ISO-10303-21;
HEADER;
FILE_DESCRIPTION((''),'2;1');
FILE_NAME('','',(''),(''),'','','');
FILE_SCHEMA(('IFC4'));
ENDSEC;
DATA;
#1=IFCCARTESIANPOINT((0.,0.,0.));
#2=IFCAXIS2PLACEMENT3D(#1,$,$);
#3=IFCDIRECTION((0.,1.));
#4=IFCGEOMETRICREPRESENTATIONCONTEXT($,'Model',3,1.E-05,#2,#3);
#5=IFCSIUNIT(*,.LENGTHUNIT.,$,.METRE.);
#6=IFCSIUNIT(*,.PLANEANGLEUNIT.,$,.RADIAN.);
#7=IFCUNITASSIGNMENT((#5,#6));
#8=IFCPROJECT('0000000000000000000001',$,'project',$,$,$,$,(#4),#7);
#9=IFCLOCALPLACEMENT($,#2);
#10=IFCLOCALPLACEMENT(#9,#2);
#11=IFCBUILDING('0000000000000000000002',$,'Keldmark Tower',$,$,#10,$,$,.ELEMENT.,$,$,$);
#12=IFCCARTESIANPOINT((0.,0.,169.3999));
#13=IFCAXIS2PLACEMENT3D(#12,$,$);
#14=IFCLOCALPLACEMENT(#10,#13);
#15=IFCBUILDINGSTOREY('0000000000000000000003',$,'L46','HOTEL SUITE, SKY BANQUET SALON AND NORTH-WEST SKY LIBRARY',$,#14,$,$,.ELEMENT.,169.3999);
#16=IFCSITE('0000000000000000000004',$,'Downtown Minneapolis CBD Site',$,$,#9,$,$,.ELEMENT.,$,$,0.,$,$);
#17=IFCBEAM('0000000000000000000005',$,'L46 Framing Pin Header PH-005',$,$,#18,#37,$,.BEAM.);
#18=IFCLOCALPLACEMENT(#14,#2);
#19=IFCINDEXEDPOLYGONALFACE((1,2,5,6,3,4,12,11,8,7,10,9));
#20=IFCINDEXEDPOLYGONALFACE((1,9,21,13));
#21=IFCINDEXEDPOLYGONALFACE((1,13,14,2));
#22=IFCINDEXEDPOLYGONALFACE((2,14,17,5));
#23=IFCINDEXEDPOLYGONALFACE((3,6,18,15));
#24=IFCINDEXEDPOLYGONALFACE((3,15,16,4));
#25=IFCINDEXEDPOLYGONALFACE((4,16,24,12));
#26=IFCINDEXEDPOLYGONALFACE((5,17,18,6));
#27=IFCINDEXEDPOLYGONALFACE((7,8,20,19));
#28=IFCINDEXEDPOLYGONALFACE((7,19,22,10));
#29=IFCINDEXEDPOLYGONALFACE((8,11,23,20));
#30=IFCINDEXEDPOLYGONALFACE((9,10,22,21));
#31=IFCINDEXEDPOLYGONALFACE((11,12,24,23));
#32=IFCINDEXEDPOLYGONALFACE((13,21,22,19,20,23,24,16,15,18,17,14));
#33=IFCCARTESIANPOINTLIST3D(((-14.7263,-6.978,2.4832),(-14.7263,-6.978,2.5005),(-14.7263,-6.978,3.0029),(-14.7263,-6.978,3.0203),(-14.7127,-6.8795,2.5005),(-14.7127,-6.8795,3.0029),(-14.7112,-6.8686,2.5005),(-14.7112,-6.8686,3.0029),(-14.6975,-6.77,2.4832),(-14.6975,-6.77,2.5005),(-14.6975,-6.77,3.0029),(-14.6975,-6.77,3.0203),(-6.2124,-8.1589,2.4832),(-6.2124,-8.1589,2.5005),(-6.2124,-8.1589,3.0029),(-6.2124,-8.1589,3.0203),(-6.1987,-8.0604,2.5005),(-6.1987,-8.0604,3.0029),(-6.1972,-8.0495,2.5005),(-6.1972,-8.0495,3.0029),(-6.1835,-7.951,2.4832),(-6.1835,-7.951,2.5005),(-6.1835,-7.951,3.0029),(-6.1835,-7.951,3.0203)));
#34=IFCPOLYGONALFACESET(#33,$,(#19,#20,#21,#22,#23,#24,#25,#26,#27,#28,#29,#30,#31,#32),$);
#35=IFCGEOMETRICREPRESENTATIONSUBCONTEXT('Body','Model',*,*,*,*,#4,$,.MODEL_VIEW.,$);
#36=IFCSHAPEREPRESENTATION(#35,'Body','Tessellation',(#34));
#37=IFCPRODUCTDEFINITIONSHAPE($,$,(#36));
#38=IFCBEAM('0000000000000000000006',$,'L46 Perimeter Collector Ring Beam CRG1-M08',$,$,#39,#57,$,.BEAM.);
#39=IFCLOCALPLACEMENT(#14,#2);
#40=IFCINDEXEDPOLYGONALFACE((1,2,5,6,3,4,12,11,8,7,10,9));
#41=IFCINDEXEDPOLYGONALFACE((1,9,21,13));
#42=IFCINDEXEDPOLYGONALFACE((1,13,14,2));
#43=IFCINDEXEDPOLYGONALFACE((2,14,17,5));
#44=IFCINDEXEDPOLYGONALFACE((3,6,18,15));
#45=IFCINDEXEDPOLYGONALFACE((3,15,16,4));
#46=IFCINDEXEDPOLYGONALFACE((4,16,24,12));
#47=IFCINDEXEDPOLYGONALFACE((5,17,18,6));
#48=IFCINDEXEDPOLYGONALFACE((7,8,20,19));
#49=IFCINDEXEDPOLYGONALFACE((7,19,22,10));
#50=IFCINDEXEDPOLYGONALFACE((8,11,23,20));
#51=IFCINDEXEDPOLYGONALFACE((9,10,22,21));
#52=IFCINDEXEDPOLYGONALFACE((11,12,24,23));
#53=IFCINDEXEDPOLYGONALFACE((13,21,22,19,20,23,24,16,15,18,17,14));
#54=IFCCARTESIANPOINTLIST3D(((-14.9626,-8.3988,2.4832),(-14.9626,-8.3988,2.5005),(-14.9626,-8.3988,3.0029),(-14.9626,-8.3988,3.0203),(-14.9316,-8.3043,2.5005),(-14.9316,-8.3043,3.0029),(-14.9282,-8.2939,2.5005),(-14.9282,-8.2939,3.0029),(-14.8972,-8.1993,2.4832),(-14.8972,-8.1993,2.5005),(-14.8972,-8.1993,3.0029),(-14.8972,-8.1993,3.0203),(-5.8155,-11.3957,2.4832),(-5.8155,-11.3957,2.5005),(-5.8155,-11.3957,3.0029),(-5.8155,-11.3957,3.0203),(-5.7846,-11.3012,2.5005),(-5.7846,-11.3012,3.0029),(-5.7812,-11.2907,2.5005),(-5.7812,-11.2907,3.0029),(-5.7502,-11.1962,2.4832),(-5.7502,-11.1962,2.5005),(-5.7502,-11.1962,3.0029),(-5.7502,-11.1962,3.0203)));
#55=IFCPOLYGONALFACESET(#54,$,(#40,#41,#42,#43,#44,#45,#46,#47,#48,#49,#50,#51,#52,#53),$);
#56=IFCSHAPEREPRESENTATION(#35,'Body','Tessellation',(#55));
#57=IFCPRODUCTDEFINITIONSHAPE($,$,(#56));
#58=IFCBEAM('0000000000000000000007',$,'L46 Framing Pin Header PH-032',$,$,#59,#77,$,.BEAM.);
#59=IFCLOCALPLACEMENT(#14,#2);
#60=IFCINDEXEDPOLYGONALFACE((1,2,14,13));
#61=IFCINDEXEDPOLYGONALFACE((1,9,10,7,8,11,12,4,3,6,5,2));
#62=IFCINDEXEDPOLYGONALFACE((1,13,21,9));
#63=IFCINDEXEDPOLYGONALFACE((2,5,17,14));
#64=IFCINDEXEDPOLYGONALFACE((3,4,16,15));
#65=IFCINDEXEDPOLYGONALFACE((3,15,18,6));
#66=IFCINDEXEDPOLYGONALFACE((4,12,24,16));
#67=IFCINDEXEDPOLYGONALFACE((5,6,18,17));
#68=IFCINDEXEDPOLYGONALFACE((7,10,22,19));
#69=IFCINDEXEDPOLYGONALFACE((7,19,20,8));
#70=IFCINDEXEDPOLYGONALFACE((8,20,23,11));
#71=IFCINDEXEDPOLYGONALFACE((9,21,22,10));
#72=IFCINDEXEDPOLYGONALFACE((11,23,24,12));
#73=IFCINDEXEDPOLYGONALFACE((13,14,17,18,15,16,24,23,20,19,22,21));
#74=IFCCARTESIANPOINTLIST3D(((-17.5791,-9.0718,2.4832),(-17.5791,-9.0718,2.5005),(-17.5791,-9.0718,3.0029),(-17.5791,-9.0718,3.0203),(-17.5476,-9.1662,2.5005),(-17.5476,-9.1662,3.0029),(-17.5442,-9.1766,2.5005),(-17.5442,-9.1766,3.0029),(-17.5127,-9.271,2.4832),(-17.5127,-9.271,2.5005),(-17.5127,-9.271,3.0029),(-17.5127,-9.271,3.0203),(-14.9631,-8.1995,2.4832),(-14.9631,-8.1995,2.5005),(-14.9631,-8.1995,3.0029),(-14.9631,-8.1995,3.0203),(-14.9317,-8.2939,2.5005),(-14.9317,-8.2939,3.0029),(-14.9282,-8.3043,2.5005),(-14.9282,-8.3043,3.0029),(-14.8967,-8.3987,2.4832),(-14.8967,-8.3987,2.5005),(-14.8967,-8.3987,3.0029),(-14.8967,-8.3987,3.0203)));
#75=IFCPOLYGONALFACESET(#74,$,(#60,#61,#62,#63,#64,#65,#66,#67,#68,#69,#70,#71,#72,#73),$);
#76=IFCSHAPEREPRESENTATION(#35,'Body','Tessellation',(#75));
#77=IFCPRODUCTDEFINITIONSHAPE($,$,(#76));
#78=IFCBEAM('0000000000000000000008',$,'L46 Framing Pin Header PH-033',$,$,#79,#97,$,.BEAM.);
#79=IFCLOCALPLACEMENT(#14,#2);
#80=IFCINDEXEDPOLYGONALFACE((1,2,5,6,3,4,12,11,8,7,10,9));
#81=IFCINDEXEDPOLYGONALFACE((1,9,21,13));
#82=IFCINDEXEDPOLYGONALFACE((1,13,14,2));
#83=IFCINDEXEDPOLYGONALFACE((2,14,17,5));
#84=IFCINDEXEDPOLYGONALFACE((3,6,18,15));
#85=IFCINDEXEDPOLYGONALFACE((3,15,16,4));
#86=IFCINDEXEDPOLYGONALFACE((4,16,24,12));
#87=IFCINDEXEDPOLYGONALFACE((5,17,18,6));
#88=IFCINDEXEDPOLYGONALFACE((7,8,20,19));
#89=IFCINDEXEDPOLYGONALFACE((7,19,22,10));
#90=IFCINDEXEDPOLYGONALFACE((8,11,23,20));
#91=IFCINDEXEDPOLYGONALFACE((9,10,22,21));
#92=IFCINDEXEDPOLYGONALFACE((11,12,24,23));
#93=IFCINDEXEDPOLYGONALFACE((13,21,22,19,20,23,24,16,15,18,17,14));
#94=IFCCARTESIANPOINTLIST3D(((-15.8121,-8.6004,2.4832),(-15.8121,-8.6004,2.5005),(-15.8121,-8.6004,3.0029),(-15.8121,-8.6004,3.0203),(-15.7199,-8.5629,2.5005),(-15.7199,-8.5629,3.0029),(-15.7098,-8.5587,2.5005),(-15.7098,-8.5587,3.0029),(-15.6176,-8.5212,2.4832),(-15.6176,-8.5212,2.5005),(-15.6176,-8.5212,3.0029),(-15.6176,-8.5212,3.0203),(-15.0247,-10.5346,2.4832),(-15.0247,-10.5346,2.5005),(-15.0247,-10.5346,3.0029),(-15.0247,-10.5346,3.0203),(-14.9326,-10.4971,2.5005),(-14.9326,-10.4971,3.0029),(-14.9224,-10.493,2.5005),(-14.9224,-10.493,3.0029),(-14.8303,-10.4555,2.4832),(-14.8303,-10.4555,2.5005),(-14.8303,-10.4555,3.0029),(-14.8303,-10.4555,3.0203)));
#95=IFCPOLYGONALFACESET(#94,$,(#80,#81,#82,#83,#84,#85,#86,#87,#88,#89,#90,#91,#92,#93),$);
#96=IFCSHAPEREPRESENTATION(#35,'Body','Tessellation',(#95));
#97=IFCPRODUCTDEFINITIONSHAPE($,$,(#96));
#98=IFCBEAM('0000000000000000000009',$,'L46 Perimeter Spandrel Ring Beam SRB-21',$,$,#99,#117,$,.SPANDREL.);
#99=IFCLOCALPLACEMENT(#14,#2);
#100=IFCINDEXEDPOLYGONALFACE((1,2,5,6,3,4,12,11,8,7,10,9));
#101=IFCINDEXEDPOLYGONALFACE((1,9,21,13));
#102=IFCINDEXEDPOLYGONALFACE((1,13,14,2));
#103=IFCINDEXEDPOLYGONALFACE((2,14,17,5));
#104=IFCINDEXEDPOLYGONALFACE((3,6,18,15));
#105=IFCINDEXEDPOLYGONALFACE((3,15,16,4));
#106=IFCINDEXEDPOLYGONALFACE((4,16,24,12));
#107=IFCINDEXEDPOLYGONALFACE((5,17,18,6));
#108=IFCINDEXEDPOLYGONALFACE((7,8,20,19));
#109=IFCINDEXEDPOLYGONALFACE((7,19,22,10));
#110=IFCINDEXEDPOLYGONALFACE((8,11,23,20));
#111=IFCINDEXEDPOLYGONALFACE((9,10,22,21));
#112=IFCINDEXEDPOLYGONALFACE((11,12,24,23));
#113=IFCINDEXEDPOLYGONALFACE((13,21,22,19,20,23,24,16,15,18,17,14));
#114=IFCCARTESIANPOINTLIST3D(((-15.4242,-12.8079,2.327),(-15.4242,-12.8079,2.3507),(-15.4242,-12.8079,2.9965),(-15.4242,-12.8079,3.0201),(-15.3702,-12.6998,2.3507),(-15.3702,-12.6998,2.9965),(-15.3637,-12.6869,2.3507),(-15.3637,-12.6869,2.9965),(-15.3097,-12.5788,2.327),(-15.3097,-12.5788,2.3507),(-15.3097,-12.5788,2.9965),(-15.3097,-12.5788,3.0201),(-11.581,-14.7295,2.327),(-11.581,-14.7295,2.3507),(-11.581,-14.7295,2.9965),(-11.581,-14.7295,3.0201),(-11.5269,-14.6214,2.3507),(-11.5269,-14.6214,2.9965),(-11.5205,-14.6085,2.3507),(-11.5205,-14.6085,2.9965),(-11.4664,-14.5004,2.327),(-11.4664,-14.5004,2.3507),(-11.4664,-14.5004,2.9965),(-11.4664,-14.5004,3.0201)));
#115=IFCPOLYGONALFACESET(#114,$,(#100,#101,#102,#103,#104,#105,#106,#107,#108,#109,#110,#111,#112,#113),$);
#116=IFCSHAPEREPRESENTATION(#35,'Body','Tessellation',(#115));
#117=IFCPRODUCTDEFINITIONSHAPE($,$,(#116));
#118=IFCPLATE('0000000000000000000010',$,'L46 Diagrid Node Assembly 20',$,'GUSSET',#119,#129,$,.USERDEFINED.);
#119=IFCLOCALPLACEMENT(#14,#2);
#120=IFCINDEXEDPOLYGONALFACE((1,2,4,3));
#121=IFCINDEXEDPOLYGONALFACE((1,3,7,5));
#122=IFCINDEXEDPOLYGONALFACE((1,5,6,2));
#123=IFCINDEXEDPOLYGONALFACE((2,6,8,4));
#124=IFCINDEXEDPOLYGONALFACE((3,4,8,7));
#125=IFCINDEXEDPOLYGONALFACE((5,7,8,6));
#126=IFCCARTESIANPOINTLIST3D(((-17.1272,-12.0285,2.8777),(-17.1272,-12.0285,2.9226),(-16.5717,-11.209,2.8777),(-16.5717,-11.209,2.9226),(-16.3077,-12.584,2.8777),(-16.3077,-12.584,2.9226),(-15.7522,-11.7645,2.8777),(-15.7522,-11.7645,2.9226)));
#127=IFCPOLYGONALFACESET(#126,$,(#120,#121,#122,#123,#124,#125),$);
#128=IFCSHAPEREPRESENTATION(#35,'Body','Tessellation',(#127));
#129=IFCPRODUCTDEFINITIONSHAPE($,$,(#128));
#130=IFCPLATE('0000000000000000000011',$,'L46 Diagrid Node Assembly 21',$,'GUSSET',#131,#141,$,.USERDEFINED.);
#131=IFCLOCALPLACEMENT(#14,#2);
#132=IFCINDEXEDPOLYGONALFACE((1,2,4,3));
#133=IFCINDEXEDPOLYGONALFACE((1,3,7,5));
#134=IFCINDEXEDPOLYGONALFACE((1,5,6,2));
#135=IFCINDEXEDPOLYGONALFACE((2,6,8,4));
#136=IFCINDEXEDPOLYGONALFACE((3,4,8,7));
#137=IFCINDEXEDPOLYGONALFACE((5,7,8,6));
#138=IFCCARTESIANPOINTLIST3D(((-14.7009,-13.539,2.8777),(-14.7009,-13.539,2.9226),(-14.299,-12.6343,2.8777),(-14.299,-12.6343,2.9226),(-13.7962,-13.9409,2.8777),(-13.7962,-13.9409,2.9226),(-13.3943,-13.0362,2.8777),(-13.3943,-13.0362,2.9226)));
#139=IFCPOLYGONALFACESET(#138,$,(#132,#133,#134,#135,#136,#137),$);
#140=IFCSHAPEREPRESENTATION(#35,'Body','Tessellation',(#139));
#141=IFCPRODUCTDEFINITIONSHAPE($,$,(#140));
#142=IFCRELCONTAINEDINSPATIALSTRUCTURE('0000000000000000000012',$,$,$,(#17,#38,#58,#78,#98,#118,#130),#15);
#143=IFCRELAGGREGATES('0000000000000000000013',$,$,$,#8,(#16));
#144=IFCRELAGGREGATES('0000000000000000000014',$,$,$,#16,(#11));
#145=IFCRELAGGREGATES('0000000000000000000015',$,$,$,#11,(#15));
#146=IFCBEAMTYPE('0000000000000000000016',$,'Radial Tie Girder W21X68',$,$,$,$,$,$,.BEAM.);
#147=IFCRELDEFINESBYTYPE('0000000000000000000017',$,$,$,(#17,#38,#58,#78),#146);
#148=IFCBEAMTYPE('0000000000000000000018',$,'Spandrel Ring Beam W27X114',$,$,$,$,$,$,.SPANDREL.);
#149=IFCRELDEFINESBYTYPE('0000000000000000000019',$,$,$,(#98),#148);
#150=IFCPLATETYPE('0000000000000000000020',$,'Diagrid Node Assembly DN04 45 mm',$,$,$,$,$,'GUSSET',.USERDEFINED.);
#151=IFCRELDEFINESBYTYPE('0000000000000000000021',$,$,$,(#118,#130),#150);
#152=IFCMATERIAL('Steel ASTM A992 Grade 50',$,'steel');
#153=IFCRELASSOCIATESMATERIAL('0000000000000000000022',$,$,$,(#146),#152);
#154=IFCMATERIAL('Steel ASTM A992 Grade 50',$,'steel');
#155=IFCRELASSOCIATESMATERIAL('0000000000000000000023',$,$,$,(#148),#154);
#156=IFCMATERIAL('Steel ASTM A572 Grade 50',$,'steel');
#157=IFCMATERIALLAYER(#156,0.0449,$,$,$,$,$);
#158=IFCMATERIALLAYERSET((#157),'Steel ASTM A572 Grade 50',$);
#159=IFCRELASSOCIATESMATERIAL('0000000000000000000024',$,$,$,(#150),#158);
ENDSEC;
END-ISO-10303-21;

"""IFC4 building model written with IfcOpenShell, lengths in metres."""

from ifc_helpers import new_model, si_unit, direction, frame, origin, origin_2d, place, context, subcontext, project, spatial, rectangle, i_section, extrude, material, layer, layer_set, material_profile, profile_set, type_object, element, save


model = new_model("IFC4")

# Units and contexts
model_context = context("Model", 3, precision=1e-05, world=origin(), true_north=direction((0.0, 1.0)))
body_context = subcontext(model_context, "Body", "Model", "MODEL_VIEW")
ifc_project = project(units=[si_unit("LENGTHUNIT", "METRE"), si_unit("PLANEANGLEUNIT", "RADIAN")], contexts=[model_context])

# Site, building, storey
site_placement = place(None, origin())
site = spatial("IfcSite", under=ifc_project, at=site_placement, Name="Downtown Minneapolis CBD Site", CompositionType="ELEMENT", RefElevation=0.0)
building_placement = place(site_placement, origin())
building = spatial("IfcBuilding", under=site, at=building_placement, Name="Keldmark Tower", CompositionType="ELEMENT")
storey_placement = place(building_placement, frame((0.0, 0.0, 169.3999)))
storey = spatial("IfcBuildingStorey", under=building, at=storey_placement, Name="L46", Description="HOTEL SUITE, SKY BANQUET SALON AND NORTH-WEST SKY LIBRARY", CompositionType="ELEMENT", Elevation=169.3999)

# Beams
ifc_material_1 = material(Name="Steel ASTM A992 Grade 50", Category="steel")
ifc_material_profile_1 = material_profile(ifc_material_1, i_section(OverallWidth=0.21, OverallDepth=0.5371, WebThickness=0.011, FlangeThickness=0.0173, at=origin_2d()), Name="W21X68")
ifc_profile_set_1 = profile_set([ifc_material_profile_1], Name="Steel ASTM A992 Grade 50")
beam_type_1 = type_object("IfcBeamType", Name="Radial Tie Girder W21X68", PredefinedType="BEAM", material=ifc_profile_set_1)
beam_1_placement = place(storey_placement, frame((-14.7119, -6.874, 2.7517), z_axis=(0.990517, -0.137388, 0.0), x_axis=(0.137388, 0.990517, 0.0)))
element("IfcBeam", 1, at=beam_1_placement, inside=storey, type_object=beam_type_1, Name="L46 Framing Pin Header PH-005", PredefinedType="BEAM", context=body_context, shape_type="SweptSolid", body=[
    extrude(i_section(OverallWidth=0.21, OverallDepth=0.5371, WebThickness=0.011, FlangeThickness=0.0173, at=origin_2d()), origin(), (0.0, 0.0, 1.0), 8.5955),
])
beam_2_placement = place(storey_placement, frame((-14.9299, -8.2991, 2.7517), z_axis=(0.950297, -0.311346, 0.0), x_axis=(0.311346, 0.950297, 0.0)))
element("IfcBeam", 2, at=beam_2_placement, inside=storey, type_object=beam_type_1, Name="L46 Perimeter Collector Ring Beam CRG1-M08", PredefinedType="BEAM", context=body_context, shape_type="SweptSolid", body=[
    extrude(i_section(OverallWidth=0.21, OverallDepth=0.5371, WebThickness=0.011, FlangeThickness=0.0173, at=origin_2d()), origin(), (0.0, 0.0, 1.0), 9.6255),
])
beam_3_placement = place(storey_placement, frame((-14.9299, -8.2991, 2.7517), z_axis=(-0.948648, -0.316334, 0.0), x_axis=(0.316334, -0.948648, 0.0)))
element("IfcBeam", 3, at=beam_3_placement, inside=storey, type_object=beam_type_1, Name="L46 Framing Pin Header PH-032", PredefinedType="BEAM", context=body_context, shape_type="SweptSolid", body=[
    extrude(i_section(OverallWidth=0.21, OverallDepth=0.5371, WebThickness=0.011, FlangeThickness=0.0173, at=origin_2d()), origin(), (0.0, 0.0, 1.0), 2.7576),
])
beam_4_placement = place(storey_placement, frame((-15.7148, -8.5608, 2.7517), z_axis=(0.377007, -0.92621, 0.0), x_axis=(0.92621, 0.377007, 0.0)))
element("IfcBeam", 4, at=beam_4_placement, inside=storey, type_object=beam_type_1, Name="L46 Framing Pin Header PH-033", PredefinedType="BEAM", context=body_context, shape_type="SweptSolid", body=[
    extrude(i_section(OverallWidth=0.21, OverallDepth=0.5371, WebThickness=0.011, FlangeThickness=0.0173, at=origin_2d()), origin(), (0.0, 0.0, 1.0), 2.0884),
])
ifc_material_2 = material(Name="Steel ASTM A992 Grade 50", Category="steel")
ifc_material_profile_2 = material_profile(ifc_material_2, i_section(OverallWidth=0.2561, OverallDepth=0.6931, WebThickness=0.0144, FlangeThickness=0.0237, at=origin_2d()), Name="W27X114")
ifc_profile_set_2 = profile_set([ifc_material_profile_2], Name="Steel ASTM A992 Grade 50")
beam_type_2 = type_object("IfcBeamType", Name="Spandrel Ring Beam W27X114", PredefinedType="SPANDREL", material=ifc_profile_set_2)
beam_5_placement = place(storey_placement, frame((-15.3669, -12.6934, 2.6736), z_axis=(0.894427, -0.447214, 0.0), x_axis=(0.447214, 0.894427, 0.0)))
element("IfcBeam", 5, at=beam_5_placement, inside=storey, type_object=beam_type_2, Name="L46 Perimeter Spandrel Ring Beam SRB-21", PredefinedType="SPANDREL", context=body_context, shape_type="SweptSolid", body=[
    extrude(i_section(OverallWidth=0.2561, OverallDepth=0.6931, WebThickness=0.0144, FlangeThickness=0.0237, at=origin_2d()), origin(), (0.0, 0.0, 1.0), 4.2969),
])

# Plates
ifc_material_3 = material(Name="Steel ASTM A572 Grade 50", Category="steel")
ifc_layer_1 = layer(ifc_material_3, 0.0449)
ifc_layer_set_1 = layer_set([ifc_layer_1], Name="Steel ASTM A572 Grade 50")
plate_type = type_object("IfcPlateType", Name="Diagrid Node Assembly DN04 45 mm", ElementType="GUSSET", PredefinedType="USERDEFINED", material=ifc_layer_set_1)
for number, where, z_axis, x_axis, name in (
    (6, (-16.4397, -11.8965, 2.8777), (0.0, 0.0, 1.0), (0.827767, -0.561072, 0.0), "L46 Diagrid Node Assembly 20"),
    (7, (-14.0476, -13.2876, 2.8777), (0.0, 0.0, 1.0), (0.9139, -0.405939, 0.0), "L46 Diagrid Node Assembly 21"),
):
    element("IfcPlate", number, at=place(storey_placement, frame(where, z_axis=z_axis, x_axis=x_axis)), inside=storey, type_object=plate_type, Name=name, ObjectType="GUSSET", PredefinedType="USERDEFINED", context=body_context, shape_type="SweptSolid", body=[
        extrude(rectangle(XDim=0.99, YDim=0.99, at=origin_2d()), origin(), (0.0, 0.0, 1.0), 0.0449),
    ])

save(model, "model.ifc")
